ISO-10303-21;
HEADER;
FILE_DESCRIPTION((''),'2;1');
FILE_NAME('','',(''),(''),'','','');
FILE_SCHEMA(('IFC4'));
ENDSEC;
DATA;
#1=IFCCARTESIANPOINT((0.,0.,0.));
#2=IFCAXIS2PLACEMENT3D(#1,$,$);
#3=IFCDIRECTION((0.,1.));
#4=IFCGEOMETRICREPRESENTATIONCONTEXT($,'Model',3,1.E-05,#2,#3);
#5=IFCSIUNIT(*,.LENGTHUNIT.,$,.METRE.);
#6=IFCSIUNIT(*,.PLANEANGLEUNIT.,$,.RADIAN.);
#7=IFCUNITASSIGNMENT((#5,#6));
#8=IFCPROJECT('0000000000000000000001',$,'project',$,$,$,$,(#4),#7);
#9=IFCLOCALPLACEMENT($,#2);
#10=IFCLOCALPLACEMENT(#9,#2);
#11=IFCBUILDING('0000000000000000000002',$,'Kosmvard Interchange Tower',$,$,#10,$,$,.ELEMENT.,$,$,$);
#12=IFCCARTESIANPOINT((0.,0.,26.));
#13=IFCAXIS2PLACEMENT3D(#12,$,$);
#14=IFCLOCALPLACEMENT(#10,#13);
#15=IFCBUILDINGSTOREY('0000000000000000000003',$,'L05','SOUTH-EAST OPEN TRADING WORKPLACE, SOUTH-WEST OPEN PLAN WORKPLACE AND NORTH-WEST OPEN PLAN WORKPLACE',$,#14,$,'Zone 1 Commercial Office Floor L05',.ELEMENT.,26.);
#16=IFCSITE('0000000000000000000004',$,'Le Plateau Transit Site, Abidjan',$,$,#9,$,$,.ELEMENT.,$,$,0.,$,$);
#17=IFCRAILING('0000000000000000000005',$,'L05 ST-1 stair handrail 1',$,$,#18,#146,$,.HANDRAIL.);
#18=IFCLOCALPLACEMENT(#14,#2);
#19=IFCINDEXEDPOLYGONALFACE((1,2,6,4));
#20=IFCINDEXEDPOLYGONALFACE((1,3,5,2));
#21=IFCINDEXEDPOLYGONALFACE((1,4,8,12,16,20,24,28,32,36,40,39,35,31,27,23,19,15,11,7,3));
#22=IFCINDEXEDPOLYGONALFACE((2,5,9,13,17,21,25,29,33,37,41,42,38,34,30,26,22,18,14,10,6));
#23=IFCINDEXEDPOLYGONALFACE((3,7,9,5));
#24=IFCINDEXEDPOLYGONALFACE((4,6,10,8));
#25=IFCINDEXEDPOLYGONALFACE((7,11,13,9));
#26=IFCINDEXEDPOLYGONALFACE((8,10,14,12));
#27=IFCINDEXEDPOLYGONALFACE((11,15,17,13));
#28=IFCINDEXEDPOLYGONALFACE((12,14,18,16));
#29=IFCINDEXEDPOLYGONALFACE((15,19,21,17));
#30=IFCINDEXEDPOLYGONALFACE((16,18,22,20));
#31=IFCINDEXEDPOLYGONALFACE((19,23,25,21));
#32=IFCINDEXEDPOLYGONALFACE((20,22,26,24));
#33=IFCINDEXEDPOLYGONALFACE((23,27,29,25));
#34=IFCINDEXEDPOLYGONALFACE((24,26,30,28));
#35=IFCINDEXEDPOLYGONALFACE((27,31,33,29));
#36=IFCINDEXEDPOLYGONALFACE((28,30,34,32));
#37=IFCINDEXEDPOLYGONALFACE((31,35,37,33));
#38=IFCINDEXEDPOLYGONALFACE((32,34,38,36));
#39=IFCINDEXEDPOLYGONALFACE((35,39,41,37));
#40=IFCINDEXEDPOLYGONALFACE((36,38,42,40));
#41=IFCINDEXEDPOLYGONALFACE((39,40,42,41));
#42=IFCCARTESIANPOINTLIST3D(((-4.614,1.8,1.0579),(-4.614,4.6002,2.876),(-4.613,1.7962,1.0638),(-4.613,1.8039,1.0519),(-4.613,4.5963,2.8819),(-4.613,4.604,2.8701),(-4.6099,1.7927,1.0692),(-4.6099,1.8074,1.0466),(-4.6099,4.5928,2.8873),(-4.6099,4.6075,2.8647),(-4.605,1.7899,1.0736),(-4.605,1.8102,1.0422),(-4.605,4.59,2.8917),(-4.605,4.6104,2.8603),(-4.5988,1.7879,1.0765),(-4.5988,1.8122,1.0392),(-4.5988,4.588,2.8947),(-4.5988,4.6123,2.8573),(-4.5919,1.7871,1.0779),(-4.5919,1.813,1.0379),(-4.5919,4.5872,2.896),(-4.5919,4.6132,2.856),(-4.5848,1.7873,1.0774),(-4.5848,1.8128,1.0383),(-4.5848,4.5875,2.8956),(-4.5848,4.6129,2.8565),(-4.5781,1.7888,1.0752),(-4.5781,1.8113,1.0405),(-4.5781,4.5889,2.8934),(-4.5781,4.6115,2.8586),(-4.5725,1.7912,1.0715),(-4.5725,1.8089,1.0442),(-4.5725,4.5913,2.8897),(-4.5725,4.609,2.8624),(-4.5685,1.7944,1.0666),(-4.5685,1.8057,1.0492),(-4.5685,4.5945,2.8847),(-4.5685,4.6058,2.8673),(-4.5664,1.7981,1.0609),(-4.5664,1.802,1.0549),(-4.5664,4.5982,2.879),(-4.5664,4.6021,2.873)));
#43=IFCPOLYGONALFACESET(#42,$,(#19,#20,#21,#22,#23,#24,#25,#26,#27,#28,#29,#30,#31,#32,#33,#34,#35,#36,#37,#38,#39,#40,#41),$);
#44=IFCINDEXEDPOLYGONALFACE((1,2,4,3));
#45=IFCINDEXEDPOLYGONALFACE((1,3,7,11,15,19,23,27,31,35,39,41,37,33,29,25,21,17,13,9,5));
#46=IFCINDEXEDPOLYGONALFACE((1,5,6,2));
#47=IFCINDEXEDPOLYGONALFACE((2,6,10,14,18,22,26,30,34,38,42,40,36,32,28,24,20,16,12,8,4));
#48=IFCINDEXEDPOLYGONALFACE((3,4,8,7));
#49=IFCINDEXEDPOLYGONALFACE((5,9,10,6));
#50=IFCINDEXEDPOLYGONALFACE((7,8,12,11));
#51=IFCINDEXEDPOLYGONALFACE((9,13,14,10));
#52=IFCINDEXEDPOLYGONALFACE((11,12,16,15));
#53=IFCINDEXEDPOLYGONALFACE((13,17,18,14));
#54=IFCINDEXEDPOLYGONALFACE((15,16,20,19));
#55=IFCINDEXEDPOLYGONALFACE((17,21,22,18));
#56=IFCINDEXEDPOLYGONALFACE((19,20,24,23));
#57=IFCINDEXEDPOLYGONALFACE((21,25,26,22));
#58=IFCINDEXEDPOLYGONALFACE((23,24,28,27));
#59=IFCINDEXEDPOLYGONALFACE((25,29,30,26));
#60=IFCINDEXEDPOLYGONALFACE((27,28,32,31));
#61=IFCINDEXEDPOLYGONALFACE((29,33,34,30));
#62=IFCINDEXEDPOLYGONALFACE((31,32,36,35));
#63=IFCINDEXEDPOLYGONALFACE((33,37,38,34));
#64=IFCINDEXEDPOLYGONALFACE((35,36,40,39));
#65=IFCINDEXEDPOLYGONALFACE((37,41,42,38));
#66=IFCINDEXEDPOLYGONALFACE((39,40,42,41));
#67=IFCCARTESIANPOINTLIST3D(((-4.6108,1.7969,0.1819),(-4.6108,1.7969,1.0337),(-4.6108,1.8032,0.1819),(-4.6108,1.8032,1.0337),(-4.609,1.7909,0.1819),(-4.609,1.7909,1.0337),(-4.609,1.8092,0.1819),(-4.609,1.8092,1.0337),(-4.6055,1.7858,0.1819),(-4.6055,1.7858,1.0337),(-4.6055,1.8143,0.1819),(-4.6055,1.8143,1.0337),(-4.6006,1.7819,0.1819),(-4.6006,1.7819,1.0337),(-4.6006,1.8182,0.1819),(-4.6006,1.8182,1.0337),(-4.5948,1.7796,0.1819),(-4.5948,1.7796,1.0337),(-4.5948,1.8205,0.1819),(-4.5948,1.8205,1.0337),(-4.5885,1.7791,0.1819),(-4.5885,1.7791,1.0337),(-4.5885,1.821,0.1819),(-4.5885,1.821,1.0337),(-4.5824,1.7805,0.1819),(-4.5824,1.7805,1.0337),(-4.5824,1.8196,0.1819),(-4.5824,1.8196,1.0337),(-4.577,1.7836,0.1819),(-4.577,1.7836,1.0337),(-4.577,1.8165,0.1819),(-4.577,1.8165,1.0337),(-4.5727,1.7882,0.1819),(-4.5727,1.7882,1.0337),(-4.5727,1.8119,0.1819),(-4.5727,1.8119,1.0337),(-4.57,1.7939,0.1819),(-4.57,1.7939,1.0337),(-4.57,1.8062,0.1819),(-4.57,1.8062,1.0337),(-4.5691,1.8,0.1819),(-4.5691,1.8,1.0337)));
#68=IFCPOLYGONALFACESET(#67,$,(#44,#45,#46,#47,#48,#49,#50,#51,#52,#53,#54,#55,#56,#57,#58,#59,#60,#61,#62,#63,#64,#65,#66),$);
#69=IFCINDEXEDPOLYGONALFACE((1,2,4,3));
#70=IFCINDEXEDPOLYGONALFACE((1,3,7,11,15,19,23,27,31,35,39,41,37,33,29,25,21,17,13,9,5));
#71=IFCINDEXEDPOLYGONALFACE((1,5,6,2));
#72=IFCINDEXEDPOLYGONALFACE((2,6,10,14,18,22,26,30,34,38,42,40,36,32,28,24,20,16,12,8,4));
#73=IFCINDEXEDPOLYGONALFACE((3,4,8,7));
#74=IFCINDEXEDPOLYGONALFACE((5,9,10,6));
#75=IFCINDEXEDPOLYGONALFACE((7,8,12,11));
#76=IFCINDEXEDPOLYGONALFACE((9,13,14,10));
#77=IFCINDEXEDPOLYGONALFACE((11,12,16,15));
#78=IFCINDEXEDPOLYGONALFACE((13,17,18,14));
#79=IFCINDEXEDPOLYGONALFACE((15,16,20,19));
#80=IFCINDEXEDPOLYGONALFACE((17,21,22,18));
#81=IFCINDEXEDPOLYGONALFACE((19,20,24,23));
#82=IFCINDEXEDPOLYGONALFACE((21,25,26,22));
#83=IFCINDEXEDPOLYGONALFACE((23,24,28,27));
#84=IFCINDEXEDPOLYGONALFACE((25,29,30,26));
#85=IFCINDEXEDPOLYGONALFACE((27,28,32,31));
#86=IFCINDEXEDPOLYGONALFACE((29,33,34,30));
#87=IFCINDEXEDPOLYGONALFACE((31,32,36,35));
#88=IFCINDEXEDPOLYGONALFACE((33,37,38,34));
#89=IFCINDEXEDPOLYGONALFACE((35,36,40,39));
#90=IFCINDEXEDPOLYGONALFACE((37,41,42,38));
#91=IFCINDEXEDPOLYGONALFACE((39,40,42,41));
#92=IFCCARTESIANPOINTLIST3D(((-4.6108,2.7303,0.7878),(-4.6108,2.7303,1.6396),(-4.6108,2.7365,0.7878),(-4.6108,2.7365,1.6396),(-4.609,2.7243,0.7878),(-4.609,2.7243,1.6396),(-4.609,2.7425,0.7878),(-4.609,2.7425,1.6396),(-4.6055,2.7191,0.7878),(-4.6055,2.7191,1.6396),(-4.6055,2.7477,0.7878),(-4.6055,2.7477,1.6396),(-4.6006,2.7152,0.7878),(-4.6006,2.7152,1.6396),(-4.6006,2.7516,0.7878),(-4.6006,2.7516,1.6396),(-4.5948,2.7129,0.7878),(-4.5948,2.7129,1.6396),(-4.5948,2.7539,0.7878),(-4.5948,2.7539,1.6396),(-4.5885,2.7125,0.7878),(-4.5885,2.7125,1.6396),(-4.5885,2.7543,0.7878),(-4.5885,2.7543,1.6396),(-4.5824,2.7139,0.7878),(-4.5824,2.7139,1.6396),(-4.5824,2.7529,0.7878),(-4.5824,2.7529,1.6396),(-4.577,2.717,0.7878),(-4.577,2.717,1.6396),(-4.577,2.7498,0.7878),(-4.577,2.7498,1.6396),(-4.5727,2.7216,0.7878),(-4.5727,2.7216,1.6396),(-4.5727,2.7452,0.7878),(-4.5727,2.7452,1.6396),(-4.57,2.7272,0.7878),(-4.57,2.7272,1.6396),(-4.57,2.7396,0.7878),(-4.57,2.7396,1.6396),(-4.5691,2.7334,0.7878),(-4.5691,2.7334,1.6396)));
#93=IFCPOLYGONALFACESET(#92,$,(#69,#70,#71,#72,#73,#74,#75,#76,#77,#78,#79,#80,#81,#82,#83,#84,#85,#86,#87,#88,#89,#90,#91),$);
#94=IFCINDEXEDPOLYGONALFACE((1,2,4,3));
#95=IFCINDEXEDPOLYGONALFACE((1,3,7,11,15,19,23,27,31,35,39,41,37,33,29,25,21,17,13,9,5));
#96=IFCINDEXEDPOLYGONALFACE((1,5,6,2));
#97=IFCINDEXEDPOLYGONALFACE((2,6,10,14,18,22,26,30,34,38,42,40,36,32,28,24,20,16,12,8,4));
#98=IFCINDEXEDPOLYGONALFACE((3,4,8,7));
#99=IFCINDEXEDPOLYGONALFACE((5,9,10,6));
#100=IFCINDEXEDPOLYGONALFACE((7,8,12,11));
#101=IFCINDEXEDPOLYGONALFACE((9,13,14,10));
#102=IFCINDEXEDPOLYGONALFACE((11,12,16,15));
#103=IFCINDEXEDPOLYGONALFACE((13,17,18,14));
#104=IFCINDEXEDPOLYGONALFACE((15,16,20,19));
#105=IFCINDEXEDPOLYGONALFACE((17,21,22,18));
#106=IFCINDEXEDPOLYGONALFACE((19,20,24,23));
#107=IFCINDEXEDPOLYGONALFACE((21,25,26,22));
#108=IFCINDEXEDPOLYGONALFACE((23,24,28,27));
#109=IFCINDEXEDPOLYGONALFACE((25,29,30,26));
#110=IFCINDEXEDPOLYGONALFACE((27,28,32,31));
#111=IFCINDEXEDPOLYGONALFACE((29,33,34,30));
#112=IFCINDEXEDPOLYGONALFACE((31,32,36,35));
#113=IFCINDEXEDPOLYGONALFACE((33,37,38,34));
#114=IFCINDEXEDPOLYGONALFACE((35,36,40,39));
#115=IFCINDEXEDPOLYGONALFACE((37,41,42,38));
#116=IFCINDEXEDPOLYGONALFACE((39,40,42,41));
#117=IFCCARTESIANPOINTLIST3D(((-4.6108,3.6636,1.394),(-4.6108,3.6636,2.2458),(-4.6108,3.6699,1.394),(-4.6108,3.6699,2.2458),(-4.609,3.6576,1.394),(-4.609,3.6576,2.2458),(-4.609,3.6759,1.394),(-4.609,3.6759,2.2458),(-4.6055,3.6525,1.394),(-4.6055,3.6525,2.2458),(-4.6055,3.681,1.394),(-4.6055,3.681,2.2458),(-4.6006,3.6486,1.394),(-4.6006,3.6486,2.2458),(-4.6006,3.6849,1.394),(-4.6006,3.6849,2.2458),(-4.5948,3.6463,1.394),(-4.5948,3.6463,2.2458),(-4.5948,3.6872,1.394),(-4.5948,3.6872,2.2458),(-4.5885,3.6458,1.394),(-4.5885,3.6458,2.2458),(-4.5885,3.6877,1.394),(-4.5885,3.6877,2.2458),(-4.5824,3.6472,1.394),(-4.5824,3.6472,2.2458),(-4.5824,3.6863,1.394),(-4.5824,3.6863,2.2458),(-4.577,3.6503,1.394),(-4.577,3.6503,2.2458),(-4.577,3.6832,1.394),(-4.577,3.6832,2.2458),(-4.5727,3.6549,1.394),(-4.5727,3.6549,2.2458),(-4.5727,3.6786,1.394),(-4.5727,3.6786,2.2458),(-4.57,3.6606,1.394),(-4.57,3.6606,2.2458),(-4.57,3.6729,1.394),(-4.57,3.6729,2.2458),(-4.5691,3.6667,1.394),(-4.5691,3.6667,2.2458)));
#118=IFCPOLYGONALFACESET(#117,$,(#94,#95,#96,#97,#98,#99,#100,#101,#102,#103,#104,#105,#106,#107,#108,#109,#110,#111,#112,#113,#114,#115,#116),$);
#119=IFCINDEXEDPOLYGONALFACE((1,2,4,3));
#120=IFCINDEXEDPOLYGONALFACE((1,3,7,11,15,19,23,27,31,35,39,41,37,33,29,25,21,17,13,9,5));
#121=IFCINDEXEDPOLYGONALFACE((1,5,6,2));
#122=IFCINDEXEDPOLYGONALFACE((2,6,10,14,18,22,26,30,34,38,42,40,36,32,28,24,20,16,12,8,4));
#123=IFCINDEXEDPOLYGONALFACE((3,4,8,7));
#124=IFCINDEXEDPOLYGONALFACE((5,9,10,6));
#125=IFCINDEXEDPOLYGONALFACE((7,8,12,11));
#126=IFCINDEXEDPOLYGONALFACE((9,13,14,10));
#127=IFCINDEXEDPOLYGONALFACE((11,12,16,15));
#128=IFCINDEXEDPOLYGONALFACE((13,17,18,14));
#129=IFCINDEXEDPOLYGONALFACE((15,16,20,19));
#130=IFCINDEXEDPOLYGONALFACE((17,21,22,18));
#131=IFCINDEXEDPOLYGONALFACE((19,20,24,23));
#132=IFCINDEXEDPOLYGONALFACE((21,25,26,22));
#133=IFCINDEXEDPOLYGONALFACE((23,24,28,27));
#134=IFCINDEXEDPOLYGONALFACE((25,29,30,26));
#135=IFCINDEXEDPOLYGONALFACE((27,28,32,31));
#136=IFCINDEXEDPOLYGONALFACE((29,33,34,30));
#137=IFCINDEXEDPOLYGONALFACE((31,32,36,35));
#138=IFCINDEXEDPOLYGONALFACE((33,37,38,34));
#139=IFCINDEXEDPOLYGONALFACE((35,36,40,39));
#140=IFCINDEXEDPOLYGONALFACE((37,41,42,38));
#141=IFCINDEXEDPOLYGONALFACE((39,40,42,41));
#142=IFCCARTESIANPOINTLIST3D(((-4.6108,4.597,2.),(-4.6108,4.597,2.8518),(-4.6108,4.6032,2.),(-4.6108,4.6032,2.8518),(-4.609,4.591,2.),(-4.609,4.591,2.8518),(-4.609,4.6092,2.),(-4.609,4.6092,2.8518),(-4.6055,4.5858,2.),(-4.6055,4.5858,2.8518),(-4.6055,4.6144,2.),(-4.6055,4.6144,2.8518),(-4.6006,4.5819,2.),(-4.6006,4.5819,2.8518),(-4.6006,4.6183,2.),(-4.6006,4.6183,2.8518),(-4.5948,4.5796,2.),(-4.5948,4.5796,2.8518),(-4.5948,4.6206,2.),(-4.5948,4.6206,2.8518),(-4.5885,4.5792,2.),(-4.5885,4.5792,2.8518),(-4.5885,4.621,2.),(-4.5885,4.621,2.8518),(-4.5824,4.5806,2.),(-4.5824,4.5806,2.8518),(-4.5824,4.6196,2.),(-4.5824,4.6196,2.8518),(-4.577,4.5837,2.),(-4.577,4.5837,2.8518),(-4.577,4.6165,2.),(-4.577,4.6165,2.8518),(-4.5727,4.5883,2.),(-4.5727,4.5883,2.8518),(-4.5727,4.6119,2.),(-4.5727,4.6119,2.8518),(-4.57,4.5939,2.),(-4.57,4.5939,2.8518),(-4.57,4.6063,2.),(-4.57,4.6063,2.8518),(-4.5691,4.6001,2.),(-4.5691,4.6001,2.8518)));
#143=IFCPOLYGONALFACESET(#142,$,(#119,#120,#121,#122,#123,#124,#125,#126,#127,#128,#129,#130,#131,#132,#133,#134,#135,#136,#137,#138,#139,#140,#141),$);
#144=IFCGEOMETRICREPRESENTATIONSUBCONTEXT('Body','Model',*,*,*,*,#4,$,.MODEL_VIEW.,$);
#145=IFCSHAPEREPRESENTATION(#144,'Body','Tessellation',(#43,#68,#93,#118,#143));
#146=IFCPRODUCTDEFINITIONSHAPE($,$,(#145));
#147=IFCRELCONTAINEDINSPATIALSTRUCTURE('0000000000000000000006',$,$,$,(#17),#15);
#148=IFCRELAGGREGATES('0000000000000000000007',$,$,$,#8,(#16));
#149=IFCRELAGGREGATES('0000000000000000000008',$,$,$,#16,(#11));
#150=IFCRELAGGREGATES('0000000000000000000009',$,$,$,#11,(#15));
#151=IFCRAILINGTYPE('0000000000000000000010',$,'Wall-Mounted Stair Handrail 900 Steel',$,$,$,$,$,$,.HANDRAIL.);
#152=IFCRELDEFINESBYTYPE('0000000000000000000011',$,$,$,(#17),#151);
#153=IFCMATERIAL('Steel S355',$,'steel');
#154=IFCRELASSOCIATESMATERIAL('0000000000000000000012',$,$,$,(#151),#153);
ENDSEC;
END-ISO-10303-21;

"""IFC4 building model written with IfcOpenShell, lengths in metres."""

from ifc_helpers import new_model, si_unit, direction, frame, origin, origin_2d, place, context, subcontext, project, spatial, circle, extrude, source, transform, mapped, material, type_object, element, save


model = new_model("IFC4")

# Units and contexts
model_context = context("Model", 3, precision=1e-05, world=origin(), true_north=direction((0.0, 1.0)))
body_context = subcontext(model_context, "Body", "Model", "MODEL_VIEW")
ifc_project = project(units=[si_unit("LENGTHUNIT", "METRE"), si_unit("PLANEANGLEUNIT", "RADIAN")], contexts=[model_context])

# Site, building, storey
site_placement = place(None, origin())
site = spatial("IfcSite", under=ifc_project, at=site_placement, Name="Le Plateau Transit Site, Abidjan", CompositionType="ELEMENT", RefElevation=0.0)
building_placement = place(site_placement, origin())
building = spatial("IfcBuilding", under=site, at=building_placement, Name="Kosmvard Interchange Tower", CompositionType="ELEMENT")
storey_placement = place(building_placement, frame((0.0, 0.0, 26.0)))
storey = spatial("IfcBuildingStorey", under=building, at=storey_placement, Name="L05", Description="SOUTH-EAST OPEN TRADING WORKPLACE, SOUTH-WEST OPEN PLAN WORKPLACE AND NORTH-WEST OPEN PLAN WORKPLACE", LongName="Zone 1 Commercial Office Floor L05", CompositionType="ELEMENT", Elevation=26.0)

# Railing
ifc_material_1 = material(Name="Steel S355", Category="steel")
railing_type_1 = type_object("IfcRailingType", Name="Wall-Mounted Stair Handrail 900 Steel", PredefinedType="HANDRAIL", material=ifc_material_1)
shared_shape_1 = source(origin(), body_context, "Body", "SweptSolid", [
    extrude(circle(Radius=0.0239, at=origin_2d()), frame((0.0, 0.0, 0.876), z_axis=(0.0, 0.838706, 0.544585), x_axis=(-1.0, 0.0, 0.0)), (0.0, 0.0, 1.0), 3.3386),
    extrude(circle(Radius=0.021, at=origin_2d()), origin(), (0.0, 0.0, 1.0), 0.8518),
    extrude(circle(Radius=0.021, at=origin_2d()), frame((0.0, 0.9333, 0.606)), (0.0, 0.0, 1.0), 0.8518),
    extrude(circle(Radius=0.021, at=origin_2d()), frame((0.0, 1.8667, 1.2122)), (0.0, 0.0, 1.0), 0.8518),
    extrude(circle(Radius=0.021, at=origin_2d()), frame((0.0, 2.8, 1.8181)), (0.0, 0.0, 1.0), 0.8518),
])
railing_1_placement = place(storey_placement, frame((-4.5901, 1.8, 0.1819)))
element("IfcRailing", 1, at=railing_1_placement, inside=storey, type_object=railing_type_1, Name="L05 ST-1 stair handrail 1", PredefinedType="HANDRAIL", context=body_context, shape_type="MappedRepresentation", body=[
    mapped(shared_shape_1, transform((0.0, 0.0, 0.0), scale=1.0)),
])

save(model, "model.ifc")
